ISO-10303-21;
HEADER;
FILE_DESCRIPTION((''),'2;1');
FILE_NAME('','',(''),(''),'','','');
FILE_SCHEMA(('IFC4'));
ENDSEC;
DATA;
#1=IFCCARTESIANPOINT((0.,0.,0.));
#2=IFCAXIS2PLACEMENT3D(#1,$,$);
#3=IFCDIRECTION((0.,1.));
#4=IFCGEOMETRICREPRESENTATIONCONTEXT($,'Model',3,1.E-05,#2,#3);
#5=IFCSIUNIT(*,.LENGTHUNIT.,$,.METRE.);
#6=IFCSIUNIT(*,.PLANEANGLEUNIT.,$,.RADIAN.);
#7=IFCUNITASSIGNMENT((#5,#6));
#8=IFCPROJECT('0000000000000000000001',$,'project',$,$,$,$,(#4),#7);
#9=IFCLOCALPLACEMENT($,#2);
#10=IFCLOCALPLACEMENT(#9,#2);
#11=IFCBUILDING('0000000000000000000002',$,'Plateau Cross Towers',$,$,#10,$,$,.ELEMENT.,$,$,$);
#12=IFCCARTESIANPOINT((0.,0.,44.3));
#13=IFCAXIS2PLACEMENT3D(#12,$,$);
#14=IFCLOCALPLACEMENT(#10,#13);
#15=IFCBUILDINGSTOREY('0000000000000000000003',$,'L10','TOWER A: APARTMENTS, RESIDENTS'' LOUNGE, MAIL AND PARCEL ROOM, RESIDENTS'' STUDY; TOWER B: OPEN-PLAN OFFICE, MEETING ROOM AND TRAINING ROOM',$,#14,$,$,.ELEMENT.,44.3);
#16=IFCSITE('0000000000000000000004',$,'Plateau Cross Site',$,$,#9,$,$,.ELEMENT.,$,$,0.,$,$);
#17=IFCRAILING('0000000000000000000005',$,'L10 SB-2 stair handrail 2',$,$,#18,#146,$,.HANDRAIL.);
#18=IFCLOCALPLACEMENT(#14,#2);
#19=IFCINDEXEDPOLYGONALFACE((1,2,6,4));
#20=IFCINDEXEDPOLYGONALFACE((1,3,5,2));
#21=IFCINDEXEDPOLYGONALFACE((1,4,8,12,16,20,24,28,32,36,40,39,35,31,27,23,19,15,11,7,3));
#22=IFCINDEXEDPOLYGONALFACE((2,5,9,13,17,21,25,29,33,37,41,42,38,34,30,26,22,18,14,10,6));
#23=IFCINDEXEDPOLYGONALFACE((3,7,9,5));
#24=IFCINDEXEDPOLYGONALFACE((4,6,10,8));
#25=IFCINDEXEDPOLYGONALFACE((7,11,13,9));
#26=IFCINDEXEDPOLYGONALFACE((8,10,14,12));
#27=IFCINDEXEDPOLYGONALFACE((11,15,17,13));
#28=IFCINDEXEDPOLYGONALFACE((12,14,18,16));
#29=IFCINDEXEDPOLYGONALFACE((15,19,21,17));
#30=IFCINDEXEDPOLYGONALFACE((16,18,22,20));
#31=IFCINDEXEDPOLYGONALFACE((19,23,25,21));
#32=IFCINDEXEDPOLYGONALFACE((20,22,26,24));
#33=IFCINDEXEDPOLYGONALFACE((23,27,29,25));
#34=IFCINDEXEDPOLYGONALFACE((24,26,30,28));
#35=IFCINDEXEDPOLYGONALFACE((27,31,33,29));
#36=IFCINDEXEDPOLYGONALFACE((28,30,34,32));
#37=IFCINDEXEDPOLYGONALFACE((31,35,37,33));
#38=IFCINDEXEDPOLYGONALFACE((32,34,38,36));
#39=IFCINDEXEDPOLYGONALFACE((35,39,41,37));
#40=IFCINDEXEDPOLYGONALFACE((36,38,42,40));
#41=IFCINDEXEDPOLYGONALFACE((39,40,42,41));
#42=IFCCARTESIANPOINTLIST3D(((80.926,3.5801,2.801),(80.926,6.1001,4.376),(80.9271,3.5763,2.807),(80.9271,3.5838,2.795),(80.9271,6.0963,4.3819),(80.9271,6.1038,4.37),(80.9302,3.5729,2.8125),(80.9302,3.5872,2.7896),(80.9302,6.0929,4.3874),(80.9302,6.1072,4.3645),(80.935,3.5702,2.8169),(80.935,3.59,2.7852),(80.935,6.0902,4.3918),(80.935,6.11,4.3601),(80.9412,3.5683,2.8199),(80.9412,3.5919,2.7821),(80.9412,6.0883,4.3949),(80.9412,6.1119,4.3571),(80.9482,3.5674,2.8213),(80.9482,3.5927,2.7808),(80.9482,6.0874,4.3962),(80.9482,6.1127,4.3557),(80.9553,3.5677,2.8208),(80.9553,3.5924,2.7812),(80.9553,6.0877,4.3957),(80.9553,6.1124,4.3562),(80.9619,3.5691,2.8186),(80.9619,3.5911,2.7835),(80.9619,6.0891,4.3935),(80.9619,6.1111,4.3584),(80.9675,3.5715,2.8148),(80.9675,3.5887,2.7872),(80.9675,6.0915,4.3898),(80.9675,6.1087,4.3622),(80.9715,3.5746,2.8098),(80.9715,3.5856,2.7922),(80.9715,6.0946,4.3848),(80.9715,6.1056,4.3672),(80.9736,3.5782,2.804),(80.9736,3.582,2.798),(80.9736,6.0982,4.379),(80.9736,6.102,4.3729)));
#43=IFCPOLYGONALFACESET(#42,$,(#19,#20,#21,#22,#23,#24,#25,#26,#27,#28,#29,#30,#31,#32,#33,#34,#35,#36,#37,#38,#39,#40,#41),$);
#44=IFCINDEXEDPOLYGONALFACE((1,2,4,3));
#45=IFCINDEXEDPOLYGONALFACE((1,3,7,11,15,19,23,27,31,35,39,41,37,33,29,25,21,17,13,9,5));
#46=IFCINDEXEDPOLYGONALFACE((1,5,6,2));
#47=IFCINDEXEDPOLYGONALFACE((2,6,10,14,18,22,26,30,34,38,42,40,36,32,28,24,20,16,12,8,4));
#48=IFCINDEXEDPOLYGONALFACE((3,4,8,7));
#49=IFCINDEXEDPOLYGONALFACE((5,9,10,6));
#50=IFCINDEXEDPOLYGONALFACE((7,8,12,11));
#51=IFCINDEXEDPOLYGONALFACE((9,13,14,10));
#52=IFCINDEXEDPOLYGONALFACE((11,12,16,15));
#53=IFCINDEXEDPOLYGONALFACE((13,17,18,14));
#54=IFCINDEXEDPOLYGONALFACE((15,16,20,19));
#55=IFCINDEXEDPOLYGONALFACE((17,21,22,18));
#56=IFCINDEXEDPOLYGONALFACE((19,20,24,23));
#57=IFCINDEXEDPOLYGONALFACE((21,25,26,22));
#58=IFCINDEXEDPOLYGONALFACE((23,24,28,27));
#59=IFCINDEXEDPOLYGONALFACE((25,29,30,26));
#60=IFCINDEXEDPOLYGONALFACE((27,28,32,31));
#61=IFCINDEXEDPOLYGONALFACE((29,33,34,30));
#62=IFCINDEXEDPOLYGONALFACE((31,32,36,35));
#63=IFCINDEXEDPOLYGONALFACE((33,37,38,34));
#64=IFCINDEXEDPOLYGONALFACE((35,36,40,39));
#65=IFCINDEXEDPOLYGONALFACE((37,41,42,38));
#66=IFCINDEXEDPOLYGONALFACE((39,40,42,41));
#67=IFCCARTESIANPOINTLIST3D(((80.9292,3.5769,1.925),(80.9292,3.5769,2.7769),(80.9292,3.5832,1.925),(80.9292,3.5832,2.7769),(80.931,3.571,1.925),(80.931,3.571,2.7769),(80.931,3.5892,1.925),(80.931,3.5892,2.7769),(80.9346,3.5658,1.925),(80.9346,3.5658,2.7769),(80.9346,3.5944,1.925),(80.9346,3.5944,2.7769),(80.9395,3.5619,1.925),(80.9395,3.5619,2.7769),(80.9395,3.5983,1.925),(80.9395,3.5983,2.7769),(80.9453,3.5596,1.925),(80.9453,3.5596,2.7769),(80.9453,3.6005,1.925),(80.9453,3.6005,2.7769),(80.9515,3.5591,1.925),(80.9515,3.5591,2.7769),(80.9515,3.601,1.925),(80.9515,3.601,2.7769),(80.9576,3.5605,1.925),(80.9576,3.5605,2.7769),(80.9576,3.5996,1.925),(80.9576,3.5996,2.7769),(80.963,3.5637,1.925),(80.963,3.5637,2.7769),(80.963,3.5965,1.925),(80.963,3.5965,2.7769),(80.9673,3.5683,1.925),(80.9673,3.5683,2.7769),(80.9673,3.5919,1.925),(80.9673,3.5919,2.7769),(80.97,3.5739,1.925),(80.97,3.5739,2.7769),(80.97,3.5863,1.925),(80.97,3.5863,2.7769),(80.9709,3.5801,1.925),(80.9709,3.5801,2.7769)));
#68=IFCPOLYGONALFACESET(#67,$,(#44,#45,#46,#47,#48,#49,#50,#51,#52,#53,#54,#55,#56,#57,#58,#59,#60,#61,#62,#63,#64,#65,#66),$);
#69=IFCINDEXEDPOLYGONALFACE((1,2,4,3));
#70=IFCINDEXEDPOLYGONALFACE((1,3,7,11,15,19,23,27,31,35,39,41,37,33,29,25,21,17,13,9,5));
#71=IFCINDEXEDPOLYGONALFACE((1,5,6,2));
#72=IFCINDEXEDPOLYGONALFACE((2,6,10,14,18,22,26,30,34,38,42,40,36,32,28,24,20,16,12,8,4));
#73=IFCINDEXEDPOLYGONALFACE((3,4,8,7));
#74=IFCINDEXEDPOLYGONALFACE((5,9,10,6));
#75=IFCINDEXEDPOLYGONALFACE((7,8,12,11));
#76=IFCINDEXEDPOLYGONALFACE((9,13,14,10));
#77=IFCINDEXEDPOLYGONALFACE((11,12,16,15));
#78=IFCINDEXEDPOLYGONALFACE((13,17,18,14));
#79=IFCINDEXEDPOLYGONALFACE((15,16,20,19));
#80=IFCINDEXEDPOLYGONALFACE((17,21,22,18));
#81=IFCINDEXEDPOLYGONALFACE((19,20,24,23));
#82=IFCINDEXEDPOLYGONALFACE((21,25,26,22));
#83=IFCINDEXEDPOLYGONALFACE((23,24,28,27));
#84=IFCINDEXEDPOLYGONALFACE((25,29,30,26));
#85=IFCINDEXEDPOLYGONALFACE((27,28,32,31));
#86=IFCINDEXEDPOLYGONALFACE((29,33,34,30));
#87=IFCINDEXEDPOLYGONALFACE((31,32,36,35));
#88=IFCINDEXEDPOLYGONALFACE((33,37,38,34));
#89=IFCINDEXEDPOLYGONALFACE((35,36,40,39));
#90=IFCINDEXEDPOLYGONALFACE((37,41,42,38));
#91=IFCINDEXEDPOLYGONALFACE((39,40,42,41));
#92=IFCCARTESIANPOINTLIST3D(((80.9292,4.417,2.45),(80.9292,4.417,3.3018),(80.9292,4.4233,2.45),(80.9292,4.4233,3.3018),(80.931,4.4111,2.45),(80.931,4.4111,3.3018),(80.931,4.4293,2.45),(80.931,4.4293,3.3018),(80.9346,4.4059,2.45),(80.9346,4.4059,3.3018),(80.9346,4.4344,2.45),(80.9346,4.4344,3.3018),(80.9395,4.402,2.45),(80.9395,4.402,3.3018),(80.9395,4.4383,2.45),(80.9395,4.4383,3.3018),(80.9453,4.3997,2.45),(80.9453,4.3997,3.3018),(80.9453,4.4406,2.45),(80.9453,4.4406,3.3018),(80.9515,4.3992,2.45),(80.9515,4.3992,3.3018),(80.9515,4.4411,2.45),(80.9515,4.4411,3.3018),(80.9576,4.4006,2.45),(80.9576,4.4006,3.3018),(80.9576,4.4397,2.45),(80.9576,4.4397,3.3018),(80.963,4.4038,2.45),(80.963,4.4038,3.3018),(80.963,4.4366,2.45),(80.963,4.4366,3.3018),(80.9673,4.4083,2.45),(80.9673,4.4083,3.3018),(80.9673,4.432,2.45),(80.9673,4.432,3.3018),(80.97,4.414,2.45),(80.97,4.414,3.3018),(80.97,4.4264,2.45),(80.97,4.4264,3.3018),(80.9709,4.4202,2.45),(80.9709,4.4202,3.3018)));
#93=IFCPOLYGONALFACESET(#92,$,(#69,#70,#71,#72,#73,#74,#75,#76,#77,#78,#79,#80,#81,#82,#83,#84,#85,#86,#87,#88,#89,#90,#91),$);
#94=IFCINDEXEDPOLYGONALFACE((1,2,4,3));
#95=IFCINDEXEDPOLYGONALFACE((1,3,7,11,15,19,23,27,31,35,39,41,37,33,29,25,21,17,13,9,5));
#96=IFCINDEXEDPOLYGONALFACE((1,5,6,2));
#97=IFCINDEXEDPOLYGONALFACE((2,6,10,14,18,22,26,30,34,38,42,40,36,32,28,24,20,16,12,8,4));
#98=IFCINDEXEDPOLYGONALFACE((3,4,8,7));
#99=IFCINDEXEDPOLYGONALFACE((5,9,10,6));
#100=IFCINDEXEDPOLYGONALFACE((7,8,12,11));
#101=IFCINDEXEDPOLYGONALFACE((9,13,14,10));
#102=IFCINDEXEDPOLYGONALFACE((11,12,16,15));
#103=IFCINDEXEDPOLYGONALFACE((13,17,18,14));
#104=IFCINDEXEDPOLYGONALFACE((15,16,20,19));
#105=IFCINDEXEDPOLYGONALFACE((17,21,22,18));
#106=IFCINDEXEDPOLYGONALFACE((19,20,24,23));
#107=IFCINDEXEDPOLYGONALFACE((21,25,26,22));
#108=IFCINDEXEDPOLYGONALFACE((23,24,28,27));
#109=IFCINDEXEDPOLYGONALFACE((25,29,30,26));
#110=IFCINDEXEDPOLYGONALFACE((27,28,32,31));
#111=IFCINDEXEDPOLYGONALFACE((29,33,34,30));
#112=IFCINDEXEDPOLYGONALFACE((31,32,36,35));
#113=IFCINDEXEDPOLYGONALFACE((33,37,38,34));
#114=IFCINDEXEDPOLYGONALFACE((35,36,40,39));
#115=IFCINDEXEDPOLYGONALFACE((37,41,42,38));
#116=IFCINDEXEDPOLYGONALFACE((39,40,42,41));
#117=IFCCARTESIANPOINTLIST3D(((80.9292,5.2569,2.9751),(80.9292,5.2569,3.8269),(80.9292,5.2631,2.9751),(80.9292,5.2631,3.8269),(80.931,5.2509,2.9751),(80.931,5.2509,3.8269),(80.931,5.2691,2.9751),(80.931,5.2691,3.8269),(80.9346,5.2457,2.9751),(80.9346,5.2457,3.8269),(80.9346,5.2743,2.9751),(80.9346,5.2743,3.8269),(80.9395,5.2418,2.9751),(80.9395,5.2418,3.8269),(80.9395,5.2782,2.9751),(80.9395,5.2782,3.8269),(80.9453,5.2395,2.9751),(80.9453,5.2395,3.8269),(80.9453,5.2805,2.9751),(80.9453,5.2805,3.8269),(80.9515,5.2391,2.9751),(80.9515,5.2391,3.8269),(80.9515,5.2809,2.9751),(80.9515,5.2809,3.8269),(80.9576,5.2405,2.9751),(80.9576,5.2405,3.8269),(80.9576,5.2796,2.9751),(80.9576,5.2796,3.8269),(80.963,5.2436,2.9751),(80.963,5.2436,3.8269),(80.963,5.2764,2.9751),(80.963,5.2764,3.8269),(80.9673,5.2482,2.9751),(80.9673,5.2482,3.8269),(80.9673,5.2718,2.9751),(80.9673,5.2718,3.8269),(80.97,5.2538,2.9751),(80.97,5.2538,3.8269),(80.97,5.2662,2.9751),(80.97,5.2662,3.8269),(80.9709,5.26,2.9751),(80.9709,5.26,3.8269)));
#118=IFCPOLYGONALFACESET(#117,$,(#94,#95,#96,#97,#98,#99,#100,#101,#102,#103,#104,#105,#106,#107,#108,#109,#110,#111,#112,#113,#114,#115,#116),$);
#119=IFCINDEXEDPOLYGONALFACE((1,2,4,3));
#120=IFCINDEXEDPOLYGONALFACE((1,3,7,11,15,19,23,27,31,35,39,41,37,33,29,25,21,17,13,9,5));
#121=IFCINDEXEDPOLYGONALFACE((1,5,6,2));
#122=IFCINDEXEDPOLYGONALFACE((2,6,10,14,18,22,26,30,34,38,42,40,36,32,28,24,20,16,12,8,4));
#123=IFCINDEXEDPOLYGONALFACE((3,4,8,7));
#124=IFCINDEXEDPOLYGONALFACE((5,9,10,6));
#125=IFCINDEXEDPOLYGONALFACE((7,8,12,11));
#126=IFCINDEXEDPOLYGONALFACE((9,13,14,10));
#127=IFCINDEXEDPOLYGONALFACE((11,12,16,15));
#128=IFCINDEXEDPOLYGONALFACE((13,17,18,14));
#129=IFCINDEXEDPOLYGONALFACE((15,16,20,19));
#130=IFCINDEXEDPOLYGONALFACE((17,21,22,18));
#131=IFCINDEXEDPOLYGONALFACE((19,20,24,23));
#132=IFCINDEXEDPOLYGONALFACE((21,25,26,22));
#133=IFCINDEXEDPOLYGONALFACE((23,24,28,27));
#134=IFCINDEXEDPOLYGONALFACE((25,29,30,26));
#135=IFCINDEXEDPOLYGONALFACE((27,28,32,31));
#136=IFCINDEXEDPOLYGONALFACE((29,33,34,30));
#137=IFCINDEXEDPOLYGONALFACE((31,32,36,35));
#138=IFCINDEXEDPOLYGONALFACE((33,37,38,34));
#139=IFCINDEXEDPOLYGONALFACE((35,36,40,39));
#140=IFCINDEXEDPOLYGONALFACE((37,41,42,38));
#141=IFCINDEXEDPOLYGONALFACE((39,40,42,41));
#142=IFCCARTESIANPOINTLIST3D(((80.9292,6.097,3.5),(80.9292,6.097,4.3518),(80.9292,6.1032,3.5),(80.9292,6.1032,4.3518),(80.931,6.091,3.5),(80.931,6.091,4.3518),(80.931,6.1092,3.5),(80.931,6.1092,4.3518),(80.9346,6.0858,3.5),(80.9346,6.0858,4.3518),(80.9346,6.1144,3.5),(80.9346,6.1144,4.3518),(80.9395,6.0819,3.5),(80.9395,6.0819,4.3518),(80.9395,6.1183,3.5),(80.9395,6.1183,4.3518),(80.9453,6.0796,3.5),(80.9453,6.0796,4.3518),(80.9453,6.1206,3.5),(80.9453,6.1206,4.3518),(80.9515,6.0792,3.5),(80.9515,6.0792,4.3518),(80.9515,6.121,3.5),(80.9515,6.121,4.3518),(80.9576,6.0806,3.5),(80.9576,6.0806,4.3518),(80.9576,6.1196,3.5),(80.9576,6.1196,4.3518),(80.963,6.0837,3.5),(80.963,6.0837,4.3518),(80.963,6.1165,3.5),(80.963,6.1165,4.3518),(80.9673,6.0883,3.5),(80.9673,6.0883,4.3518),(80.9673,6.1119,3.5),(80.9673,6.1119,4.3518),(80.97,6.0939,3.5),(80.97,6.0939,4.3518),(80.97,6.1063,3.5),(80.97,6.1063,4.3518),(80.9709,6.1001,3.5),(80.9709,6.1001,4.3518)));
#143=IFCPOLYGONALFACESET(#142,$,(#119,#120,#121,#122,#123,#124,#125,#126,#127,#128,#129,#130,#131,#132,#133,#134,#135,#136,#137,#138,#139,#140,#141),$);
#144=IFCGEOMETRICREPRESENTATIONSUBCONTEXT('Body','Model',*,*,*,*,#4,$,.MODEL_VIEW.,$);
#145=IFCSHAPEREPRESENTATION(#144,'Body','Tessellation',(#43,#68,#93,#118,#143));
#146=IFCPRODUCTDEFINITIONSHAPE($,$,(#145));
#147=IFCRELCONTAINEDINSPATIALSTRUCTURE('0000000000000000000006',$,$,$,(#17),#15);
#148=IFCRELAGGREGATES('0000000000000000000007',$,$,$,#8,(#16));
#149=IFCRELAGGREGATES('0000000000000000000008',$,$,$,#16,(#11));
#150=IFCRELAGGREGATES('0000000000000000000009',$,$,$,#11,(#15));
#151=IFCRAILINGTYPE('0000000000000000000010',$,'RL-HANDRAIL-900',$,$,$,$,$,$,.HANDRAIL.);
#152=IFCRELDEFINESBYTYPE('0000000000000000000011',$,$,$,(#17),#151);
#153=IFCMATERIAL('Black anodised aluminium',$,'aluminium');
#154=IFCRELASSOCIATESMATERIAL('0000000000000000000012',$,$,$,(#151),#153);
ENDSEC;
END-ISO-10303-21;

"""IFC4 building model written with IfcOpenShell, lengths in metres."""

from ifc_helpers import new_model, si_unit, direction, frame, origin, origin_2d, place, context, subcontext, project, spatial, circle, extrude, material, type_object, element, save


model = new_model("IFC4")

# Units and contexts
model_context = context("Model", 3, precision=1e-05, world=origin(), true_north=direction((0.0, 1.0)))
body_context = subcontext(model_context, "Body", "Model", "MODEL_VIEW")
ifc_project = project(units=[si_unit("LENGTHUNIT", "METRE"), si_unit("PLANEANGLEUNIT", "RADIAN")], contexts=[model_context])

# Site, building, storey
site_placement = place(None, origin())
site = spatial("IfcSite", under=ifc_project, at=site_placement, Name="Plateau Cross Site", CompositionType="ELEMENT", RefElevation=0.0)
building_placement = place(site_placement, origin())
building = spatial("IfcBuilding", under=site, at=building_placement, Name="Plateau Cross Towers", CompositionType="ELEMENT")
storey_placement = place(building_placement, frame((0.0, 0.0, 44.3)))
storey = spatial("IfcBuildingStorey", under=building, at=storey_placement, Name="L10", Description="TOWER A: APARTMENTS, RESIDENTS' LOUNGE, MAIL AND PARCEL ROOM, RESIDENTS' STUDY; TOWER B: OPEN-PLAN OFFICE, MEETING ROOM AND TRAINING ROOM", CompositionType="ELEMENT", Elevation=44.3)

# Railing
ifc_material_1 = material(Name="Black anodised aluminium", Category="aluminium")
railing_type_1 = type_object("IfcRailingType", Name="RL-HANDRAIL-900", PredefinedType="HANDRAIL", material=ifc_material_1)
railing_1_placement = place(storey_placement, frame((80.95, 3.5801, 1.925)))
element("IfcRailing", 1, at=railing_1_placement, inside=storey, type_object=railing_type_1, Name="L10 SB-2 stair handrail 2", PredefinedType="HANDRAIL", context=body_context, shape_type="SweptSolid", body=[
    extrude(circle(Radius=0.0239, at=origin_2d()), frame((0.0, 0.0, 0.876), z_axis=(0.0, 0.848008, 0.529984), x_axis=(-1.0, 0.0, 0.0)), (0.0, 0.0, 1.0), 2.9717),
    extrude(circle(Radius=0.021, at=origin_2d()), origin(), (0.0, 0.0, 1.0), 0.8518),
    extrude(circle(Radius=0.021, at=origin_2d()), frame((0.0, 0.8401, 0.5249)), (0.0, 0.0, 1.0), 0.8518),
    extrude(circle(Radius=0.021, at=origin_2d()), frame((0.0, 1.6799, 1.05)), (0.0, 0.0, 1.0), 0.8518),
    extrude(circle(Radius=0.021, at=origin_2d()), frame((0.0, 2.52, 1.575)), (0.0, 0.0, 1.0), 0.8518),
])

save(model, "model.ifc")
